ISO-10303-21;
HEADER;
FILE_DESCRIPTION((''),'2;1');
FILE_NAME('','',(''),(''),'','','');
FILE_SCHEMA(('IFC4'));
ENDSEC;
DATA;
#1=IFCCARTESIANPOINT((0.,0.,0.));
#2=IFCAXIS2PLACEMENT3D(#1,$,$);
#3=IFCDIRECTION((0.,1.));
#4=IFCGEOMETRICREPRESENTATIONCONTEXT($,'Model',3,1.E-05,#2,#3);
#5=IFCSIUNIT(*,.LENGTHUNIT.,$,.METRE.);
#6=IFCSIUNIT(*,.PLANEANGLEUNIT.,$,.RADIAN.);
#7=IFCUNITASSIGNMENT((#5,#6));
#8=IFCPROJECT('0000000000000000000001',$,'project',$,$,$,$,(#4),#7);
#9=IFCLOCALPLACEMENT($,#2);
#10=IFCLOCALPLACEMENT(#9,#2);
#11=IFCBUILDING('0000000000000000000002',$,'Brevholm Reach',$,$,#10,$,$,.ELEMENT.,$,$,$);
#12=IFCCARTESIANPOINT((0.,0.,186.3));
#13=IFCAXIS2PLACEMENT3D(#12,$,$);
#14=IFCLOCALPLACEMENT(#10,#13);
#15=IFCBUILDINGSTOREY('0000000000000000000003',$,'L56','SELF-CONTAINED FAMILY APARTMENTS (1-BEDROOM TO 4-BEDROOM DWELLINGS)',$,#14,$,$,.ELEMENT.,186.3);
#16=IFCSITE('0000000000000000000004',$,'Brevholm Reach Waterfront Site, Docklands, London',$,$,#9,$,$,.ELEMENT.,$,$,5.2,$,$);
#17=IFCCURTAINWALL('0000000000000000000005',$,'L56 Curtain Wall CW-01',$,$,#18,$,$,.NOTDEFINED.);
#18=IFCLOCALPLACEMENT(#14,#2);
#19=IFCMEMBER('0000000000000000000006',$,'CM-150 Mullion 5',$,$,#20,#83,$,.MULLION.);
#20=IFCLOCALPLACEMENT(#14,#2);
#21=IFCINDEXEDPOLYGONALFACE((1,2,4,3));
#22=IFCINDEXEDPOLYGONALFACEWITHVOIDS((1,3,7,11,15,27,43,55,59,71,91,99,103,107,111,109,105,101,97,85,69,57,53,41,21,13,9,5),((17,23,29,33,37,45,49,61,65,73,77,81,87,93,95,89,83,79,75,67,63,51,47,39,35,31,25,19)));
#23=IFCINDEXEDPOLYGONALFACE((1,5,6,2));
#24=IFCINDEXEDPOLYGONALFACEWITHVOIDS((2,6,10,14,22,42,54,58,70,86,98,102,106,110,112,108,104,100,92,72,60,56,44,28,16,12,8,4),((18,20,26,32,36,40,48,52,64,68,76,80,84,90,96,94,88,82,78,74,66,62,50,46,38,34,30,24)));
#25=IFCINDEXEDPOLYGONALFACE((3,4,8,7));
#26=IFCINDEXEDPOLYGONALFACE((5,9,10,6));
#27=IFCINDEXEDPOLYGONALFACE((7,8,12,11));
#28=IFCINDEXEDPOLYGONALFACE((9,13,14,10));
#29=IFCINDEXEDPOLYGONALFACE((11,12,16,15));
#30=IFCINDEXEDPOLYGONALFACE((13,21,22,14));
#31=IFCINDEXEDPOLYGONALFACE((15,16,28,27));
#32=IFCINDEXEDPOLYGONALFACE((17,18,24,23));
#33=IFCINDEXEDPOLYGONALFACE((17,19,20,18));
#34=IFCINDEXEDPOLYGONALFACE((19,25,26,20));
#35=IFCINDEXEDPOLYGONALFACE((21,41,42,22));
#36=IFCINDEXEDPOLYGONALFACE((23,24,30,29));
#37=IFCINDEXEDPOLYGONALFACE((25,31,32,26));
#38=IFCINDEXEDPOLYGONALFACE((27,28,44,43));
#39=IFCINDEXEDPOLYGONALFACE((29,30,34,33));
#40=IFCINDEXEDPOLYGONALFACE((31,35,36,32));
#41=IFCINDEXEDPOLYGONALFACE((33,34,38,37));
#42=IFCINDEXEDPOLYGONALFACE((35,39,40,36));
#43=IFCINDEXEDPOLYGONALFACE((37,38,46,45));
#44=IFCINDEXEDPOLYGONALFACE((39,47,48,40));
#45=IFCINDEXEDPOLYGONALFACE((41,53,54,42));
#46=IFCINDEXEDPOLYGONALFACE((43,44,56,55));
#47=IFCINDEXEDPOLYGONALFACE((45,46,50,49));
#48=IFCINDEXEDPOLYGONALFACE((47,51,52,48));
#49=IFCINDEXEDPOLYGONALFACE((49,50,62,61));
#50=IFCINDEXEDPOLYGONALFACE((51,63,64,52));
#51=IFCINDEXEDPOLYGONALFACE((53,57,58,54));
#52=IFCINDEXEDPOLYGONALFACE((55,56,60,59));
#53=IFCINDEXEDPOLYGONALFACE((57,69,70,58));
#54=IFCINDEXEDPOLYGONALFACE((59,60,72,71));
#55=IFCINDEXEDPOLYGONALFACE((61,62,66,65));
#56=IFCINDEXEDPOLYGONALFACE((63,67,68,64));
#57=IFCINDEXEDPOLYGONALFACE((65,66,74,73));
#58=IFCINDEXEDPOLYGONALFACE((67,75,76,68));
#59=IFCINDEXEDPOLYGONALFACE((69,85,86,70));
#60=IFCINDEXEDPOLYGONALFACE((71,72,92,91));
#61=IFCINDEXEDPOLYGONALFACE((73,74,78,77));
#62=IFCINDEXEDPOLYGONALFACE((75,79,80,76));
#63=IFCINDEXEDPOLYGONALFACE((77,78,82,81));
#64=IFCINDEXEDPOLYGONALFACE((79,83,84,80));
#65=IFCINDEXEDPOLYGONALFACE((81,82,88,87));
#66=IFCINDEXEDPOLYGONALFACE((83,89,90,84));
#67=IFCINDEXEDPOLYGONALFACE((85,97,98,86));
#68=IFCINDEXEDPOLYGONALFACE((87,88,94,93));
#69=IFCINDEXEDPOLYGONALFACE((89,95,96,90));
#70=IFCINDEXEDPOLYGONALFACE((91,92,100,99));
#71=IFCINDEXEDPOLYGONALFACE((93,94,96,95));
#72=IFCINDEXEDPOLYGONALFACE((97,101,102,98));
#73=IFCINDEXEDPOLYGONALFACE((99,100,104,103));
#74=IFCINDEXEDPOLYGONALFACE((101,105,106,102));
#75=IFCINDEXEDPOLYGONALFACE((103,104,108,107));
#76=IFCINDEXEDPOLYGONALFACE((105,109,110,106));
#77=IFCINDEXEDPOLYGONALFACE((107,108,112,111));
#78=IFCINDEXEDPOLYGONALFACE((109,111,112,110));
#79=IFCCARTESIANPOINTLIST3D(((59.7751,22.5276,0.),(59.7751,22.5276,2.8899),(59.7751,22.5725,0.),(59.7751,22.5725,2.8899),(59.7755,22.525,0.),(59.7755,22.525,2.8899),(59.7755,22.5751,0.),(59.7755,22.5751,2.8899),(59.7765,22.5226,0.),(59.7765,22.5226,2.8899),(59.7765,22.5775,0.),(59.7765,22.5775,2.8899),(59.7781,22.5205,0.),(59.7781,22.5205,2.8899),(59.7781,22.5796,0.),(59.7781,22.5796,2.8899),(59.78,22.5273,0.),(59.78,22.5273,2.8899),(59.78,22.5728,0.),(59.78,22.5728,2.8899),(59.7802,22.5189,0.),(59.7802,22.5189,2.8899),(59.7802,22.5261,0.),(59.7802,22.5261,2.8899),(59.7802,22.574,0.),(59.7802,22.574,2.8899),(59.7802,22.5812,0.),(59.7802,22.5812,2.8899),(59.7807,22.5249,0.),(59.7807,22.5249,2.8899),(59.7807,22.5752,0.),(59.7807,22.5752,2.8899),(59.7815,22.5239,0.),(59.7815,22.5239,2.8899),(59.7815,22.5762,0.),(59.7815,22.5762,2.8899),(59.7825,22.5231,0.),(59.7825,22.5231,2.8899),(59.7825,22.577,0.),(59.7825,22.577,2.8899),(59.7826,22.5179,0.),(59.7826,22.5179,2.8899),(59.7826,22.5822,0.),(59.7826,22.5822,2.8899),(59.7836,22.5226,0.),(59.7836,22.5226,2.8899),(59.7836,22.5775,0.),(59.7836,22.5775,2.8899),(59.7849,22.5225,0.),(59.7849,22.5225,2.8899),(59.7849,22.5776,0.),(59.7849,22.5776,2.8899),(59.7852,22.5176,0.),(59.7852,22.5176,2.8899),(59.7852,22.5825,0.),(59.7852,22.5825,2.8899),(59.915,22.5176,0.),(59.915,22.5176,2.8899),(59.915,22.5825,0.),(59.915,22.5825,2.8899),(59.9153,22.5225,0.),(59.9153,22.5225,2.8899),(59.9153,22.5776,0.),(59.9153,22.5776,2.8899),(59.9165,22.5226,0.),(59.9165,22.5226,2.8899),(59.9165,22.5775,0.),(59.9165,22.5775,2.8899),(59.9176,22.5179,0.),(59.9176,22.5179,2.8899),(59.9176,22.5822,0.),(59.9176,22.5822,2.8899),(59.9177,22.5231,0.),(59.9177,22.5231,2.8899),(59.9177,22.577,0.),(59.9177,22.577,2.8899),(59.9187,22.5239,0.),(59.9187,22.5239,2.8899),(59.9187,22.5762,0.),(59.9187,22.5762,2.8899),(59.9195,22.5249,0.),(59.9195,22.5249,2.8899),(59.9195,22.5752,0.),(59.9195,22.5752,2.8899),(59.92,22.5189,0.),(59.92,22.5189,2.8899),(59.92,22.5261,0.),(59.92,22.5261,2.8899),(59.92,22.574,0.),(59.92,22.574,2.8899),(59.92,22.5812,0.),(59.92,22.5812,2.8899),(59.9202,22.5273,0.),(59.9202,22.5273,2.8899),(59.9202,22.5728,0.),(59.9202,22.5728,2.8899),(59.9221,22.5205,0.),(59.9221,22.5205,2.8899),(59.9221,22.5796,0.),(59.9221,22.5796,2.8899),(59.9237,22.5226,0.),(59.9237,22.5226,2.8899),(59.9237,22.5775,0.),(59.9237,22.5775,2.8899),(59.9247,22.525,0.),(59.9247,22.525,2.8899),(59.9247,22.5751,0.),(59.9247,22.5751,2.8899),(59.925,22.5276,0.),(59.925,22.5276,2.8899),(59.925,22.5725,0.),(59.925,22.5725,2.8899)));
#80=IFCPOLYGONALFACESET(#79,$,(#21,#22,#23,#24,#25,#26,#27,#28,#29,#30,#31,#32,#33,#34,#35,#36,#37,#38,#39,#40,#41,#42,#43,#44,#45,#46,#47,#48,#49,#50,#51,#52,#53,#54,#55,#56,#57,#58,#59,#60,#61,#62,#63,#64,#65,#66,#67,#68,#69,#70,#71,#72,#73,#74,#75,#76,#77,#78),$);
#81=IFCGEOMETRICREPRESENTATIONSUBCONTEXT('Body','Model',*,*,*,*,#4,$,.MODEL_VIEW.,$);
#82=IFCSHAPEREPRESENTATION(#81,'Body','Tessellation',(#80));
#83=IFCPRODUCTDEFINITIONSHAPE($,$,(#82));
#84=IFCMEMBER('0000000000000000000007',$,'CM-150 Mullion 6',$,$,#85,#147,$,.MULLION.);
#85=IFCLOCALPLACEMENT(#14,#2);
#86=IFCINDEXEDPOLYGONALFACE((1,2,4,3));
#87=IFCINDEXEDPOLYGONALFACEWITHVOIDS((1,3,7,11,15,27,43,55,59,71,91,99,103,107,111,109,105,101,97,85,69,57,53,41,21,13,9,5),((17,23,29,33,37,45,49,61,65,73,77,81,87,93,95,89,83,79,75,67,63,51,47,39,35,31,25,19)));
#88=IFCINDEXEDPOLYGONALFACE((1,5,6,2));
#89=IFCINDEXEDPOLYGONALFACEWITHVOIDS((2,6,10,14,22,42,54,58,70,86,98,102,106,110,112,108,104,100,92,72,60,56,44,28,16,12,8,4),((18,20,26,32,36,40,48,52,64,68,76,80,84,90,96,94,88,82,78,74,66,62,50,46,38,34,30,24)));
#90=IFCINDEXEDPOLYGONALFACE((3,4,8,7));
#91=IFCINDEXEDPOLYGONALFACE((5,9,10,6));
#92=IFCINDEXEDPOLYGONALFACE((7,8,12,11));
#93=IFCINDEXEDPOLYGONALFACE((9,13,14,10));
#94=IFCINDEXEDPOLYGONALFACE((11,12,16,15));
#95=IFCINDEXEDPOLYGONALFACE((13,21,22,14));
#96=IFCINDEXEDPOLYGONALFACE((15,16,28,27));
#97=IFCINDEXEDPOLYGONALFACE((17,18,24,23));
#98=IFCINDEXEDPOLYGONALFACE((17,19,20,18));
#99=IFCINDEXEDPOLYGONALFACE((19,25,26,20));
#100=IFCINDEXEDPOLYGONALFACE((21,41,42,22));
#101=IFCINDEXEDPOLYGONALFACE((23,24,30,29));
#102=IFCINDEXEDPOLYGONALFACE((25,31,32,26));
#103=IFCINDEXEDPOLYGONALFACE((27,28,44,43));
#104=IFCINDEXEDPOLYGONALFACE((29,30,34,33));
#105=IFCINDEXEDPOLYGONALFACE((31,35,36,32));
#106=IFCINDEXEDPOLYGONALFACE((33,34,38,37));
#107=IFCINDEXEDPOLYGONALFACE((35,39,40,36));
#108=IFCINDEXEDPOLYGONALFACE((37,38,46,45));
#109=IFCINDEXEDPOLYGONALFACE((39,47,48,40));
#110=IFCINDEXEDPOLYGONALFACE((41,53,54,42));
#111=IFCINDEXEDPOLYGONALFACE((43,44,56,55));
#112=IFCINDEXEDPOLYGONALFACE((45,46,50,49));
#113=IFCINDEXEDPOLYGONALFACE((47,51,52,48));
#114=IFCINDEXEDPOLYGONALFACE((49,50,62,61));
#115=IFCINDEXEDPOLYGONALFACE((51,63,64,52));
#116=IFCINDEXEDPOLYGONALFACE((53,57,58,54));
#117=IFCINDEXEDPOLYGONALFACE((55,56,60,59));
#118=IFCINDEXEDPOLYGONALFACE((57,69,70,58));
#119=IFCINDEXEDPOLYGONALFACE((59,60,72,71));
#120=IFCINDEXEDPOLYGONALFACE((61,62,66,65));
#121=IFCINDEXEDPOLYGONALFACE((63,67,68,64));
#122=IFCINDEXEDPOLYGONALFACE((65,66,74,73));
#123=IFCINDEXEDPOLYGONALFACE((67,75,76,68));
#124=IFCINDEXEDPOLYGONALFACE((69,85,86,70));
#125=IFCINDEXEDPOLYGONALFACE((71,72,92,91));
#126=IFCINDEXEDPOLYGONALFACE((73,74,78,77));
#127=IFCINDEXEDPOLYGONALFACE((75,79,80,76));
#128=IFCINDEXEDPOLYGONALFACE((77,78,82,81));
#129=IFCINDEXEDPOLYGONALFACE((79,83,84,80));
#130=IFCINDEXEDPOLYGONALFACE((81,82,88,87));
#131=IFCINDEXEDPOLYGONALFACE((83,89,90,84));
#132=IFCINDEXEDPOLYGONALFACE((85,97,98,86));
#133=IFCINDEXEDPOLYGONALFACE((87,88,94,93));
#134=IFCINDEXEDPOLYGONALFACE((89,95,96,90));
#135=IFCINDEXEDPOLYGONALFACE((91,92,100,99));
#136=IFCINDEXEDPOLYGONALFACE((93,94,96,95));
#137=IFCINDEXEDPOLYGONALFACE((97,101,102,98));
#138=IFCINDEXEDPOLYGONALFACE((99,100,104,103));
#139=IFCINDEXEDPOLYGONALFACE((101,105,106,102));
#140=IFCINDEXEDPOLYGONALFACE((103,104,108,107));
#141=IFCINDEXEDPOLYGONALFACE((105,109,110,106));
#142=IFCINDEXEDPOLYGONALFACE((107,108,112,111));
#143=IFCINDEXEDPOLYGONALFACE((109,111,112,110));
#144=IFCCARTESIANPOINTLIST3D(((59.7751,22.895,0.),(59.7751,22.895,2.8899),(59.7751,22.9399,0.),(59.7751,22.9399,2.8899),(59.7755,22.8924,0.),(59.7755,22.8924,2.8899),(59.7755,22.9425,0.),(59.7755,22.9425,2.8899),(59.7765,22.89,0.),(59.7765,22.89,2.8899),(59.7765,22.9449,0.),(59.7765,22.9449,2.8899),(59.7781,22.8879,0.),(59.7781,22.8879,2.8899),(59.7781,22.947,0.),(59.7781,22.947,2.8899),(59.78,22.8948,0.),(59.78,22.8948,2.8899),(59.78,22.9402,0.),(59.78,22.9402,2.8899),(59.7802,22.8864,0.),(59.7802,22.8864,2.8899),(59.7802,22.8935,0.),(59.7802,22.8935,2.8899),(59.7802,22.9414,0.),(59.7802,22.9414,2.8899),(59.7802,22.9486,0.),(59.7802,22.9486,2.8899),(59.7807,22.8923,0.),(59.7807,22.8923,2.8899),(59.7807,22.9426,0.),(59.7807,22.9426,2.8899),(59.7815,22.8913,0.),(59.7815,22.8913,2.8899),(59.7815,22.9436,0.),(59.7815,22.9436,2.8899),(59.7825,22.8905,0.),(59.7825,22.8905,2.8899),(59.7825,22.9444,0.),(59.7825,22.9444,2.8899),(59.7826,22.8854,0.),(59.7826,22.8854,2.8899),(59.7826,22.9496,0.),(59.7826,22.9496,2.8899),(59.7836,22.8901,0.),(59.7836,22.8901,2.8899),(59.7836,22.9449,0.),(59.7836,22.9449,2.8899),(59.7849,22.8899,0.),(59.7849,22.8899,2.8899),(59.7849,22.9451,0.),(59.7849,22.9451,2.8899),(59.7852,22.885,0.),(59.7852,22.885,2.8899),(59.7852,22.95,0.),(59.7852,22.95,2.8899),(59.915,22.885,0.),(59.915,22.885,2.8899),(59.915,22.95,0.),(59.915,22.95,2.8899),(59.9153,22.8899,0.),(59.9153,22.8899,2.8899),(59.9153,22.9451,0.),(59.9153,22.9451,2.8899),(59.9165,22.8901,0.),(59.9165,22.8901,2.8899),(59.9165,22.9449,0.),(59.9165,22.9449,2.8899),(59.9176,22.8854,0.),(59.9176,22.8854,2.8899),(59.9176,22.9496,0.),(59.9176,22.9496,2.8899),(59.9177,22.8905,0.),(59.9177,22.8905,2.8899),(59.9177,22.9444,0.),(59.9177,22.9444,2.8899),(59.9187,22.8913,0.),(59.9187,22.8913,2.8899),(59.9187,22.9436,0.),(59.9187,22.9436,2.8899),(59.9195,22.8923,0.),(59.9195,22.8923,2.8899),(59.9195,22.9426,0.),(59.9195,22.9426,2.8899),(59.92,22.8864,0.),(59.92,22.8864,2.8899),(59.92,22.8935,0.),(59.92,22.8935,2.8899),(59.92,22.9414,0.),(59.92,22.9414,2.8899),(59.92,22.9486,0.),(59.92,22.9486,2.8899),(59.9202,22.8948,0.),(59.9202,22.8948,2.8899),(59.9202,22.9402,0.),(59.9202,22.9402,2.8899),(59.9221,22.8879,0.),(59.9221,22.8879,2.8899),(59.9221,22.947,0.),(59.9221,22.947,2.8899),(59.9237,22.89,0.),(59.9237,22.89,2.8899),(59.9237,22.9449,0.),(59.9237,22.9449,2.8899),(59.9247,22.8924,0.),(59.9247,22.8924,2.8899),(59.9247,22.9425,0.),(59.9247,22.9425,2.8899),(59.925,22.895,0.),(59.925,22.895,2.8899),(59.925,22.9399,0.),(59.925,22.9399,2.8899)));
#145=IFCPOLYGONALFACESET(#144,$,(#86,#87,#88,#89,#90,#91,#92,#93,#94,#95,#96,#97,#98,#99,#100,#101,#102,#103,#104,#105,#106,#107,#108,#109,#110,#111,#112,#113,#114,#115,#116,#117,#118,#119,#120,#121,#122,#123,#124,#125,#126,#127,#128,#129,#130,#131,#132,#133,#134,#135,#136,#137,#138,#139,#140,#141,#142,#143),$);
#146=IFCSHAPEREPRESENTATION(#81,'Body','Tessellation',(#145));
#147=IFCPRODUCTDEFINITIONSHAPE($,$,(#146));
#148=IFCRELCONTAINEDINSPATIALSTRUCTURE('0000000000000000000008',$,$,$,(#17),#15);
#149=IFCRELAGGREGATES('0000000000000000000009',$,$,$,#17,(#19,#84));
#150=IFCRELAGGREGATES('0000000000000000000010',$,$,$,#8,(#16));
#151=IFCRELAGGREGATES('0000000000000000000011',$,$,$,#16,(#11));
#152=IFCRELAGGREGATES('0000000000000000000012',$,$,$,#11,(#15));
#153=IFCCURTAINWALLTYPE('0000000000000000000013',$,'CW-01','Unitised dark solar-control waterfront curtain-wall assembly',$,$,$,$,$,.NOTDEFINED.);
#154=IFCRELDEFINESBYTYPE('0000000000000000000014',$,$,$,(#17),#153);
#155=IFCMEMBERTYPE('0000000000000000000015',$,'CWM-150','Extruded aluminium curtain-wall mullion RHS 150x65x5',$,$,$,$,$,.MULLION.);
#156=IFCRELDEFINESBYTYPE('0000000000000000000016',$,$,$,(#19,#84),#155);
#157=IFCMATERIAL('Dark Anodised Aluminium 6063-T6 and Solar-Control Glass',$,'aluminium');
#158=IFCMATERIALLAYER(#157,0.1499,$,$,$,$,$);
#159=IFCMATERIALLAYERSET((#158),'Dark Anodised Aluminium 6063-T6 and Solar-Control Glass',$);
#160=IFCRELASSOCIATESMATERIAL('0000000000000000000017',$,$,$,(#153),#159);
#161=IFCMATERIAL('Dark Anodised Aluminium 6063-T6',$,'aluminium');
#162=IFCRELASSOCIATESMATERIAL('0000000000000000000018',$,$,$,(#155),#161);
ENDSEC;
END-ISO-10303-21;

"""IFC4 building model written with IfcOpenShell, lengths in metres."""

from ifc_helpers import new_model, si_unit, direction, frame, origin, origin_2d, place, context, subcontext, project, spatial, hollow_rectangle, extrude, material, layer, layer_set, material_profile, profile_set, type_object, element, aggregate, save


model = new_model("IFC4")

# Units and contexts
model_context = context("Model", 3, precision=1e-05, world=origin(), true_north=direction((0.0, 1.0)))
body_context = subcontext(model_context, "Body", "Model", "MODEL_VIEW")
ifc_project = project(units=[si_unit("LENGTHUNIT", "METRE"), si_unit("PLANEANGLEUNIT", "RADIAN")], contexts=[model_context])

# Site, building, storey
site_placement = place(None, origin())
site = spatial("IfcSite", under=ifc_project, at=site_placement, Name="Brevholm Reach Waterfront Site, Docklands, London", CompositionType="ELEMENT", RefElevation=5.2)
building_placement = place(site_placement, origin())
building = spatial("IfcBuilding", under=site, at=building_placement, Name="Brevholm Reach", CompositionType="ELEMENT")
storey_placement = place(building_placement, frame((0.0, 0.0, 186.3)))
storey = spatial("IfcBuildingStorey", under=building, at=storey_placement, Name="L56", Description="SELF-CONTAINED FAMILY APARTMENTS (1-BEDROOM TO 4-BEDROOM DWELLINGS)", CompositionType="ELEMENT", Elevation=186.3)

# Curtain wall, members
ifc_material_1 = material(Name="Dark Anodised Aluminium 6063-T6 and Solar-Control Glass", Category="aluminium")
ifc_layer_1 = layer(ifc_material_1, 0.1499)
ifc_layer_set_1 = layer_set([ifc_layer_1], Name="Dark Anodised Aluminium 6063-T6 and Solar-Control Glass")
curtain_wall_type = type_object("IfcCurtainWallType", Name="CW-01", Description="Unitised dark solar-control waterfront curtain-wall assembly", PredefinedType="NOTDEFINED", material=ifc_layer_set_1)
curtain_wall_placement = place(storey_placement, origin())
curtain_wall = element("IfcCurtainWall", 1, at=curtain_wall_placement, inside=storey, type_object=curtain_wall_type, Name="L56 Curtain Wall CW-01", PredefinedType="NOTDEFINED")
ifc_material_2 = material(Name="Dark Anodised Aluminium 6063-T6", Category="aluminium")
ifc_material_profile_1 = material_profile(ifc_material_2, hollow_rectangle(XDim=0.0649, YDim=0.1499, WallThickness=0.0049, InnerFilletRadius=0.0049, OuterFilletRadius=0.01, at=origin_2d()), Name="RHS 150x65x5")
ifc_profile_set_1 = profile_set([ifc_material_profile_1], Name="Dark Anodised Aluminium 6063-T6")
member_type_1 = type_object("IfcMemberType", Name="CWM-150", Description="Extruded aluminium curtain-wall mullion RHS 150x65x5", PredefinedType="MULLION", material=ifc_profile_set_1)
member_1_placement = place(storey_placement, frame((59.8501, 22.55, 0.0), z_axis=(0.0, 0.0, 1.0), x_axis=(0.0, 1.0, 0.0)))
member_1 = element("IfcMember", 2, at=member_1_placement, type_object=member_type_1, Name="CM-150 Mullion 5", PredefinedType="MULLION", context=body_context, shape_type="SweptSolid", body=[
    extrude(hollow_rectangle(XDim=0.0649, YDim=0.1499, WallThickness=0.0049, InnerFilletRadius=0.0049, OuterFilletRadius=0.01, at=origin_2d()), origin(), (0.0, 0.0, 1.0), 2.8899),
])
member_2_placement = place(storey_placement, frame((59.8501, 22.9175, 0.0), z_axis=(0.0, 0.0, 1.0), x_axis=(0.0, 1.0, 0.0)))
member_2 = element("IfcMember", 3, at=member_2_placement, type_object=member_type_1, Name="CM-150 Mullion 6", PredefinedType="MULLION", context=body_context, shape_type="SweptSolid", body=[
    extrude(hollow_rectangle(XDim=0.0649, YDim=0.1499, WallThickness=0.0049, InnerFilletRadius=0.0049, OuterFilletRadius=0.01, at=origin_2d()), origin(), (0.0, 0.0, 1.0), 2.8899),
])
aggregate(curtain_wall, [member_1, member_2])

save(model, "model.ifc")
